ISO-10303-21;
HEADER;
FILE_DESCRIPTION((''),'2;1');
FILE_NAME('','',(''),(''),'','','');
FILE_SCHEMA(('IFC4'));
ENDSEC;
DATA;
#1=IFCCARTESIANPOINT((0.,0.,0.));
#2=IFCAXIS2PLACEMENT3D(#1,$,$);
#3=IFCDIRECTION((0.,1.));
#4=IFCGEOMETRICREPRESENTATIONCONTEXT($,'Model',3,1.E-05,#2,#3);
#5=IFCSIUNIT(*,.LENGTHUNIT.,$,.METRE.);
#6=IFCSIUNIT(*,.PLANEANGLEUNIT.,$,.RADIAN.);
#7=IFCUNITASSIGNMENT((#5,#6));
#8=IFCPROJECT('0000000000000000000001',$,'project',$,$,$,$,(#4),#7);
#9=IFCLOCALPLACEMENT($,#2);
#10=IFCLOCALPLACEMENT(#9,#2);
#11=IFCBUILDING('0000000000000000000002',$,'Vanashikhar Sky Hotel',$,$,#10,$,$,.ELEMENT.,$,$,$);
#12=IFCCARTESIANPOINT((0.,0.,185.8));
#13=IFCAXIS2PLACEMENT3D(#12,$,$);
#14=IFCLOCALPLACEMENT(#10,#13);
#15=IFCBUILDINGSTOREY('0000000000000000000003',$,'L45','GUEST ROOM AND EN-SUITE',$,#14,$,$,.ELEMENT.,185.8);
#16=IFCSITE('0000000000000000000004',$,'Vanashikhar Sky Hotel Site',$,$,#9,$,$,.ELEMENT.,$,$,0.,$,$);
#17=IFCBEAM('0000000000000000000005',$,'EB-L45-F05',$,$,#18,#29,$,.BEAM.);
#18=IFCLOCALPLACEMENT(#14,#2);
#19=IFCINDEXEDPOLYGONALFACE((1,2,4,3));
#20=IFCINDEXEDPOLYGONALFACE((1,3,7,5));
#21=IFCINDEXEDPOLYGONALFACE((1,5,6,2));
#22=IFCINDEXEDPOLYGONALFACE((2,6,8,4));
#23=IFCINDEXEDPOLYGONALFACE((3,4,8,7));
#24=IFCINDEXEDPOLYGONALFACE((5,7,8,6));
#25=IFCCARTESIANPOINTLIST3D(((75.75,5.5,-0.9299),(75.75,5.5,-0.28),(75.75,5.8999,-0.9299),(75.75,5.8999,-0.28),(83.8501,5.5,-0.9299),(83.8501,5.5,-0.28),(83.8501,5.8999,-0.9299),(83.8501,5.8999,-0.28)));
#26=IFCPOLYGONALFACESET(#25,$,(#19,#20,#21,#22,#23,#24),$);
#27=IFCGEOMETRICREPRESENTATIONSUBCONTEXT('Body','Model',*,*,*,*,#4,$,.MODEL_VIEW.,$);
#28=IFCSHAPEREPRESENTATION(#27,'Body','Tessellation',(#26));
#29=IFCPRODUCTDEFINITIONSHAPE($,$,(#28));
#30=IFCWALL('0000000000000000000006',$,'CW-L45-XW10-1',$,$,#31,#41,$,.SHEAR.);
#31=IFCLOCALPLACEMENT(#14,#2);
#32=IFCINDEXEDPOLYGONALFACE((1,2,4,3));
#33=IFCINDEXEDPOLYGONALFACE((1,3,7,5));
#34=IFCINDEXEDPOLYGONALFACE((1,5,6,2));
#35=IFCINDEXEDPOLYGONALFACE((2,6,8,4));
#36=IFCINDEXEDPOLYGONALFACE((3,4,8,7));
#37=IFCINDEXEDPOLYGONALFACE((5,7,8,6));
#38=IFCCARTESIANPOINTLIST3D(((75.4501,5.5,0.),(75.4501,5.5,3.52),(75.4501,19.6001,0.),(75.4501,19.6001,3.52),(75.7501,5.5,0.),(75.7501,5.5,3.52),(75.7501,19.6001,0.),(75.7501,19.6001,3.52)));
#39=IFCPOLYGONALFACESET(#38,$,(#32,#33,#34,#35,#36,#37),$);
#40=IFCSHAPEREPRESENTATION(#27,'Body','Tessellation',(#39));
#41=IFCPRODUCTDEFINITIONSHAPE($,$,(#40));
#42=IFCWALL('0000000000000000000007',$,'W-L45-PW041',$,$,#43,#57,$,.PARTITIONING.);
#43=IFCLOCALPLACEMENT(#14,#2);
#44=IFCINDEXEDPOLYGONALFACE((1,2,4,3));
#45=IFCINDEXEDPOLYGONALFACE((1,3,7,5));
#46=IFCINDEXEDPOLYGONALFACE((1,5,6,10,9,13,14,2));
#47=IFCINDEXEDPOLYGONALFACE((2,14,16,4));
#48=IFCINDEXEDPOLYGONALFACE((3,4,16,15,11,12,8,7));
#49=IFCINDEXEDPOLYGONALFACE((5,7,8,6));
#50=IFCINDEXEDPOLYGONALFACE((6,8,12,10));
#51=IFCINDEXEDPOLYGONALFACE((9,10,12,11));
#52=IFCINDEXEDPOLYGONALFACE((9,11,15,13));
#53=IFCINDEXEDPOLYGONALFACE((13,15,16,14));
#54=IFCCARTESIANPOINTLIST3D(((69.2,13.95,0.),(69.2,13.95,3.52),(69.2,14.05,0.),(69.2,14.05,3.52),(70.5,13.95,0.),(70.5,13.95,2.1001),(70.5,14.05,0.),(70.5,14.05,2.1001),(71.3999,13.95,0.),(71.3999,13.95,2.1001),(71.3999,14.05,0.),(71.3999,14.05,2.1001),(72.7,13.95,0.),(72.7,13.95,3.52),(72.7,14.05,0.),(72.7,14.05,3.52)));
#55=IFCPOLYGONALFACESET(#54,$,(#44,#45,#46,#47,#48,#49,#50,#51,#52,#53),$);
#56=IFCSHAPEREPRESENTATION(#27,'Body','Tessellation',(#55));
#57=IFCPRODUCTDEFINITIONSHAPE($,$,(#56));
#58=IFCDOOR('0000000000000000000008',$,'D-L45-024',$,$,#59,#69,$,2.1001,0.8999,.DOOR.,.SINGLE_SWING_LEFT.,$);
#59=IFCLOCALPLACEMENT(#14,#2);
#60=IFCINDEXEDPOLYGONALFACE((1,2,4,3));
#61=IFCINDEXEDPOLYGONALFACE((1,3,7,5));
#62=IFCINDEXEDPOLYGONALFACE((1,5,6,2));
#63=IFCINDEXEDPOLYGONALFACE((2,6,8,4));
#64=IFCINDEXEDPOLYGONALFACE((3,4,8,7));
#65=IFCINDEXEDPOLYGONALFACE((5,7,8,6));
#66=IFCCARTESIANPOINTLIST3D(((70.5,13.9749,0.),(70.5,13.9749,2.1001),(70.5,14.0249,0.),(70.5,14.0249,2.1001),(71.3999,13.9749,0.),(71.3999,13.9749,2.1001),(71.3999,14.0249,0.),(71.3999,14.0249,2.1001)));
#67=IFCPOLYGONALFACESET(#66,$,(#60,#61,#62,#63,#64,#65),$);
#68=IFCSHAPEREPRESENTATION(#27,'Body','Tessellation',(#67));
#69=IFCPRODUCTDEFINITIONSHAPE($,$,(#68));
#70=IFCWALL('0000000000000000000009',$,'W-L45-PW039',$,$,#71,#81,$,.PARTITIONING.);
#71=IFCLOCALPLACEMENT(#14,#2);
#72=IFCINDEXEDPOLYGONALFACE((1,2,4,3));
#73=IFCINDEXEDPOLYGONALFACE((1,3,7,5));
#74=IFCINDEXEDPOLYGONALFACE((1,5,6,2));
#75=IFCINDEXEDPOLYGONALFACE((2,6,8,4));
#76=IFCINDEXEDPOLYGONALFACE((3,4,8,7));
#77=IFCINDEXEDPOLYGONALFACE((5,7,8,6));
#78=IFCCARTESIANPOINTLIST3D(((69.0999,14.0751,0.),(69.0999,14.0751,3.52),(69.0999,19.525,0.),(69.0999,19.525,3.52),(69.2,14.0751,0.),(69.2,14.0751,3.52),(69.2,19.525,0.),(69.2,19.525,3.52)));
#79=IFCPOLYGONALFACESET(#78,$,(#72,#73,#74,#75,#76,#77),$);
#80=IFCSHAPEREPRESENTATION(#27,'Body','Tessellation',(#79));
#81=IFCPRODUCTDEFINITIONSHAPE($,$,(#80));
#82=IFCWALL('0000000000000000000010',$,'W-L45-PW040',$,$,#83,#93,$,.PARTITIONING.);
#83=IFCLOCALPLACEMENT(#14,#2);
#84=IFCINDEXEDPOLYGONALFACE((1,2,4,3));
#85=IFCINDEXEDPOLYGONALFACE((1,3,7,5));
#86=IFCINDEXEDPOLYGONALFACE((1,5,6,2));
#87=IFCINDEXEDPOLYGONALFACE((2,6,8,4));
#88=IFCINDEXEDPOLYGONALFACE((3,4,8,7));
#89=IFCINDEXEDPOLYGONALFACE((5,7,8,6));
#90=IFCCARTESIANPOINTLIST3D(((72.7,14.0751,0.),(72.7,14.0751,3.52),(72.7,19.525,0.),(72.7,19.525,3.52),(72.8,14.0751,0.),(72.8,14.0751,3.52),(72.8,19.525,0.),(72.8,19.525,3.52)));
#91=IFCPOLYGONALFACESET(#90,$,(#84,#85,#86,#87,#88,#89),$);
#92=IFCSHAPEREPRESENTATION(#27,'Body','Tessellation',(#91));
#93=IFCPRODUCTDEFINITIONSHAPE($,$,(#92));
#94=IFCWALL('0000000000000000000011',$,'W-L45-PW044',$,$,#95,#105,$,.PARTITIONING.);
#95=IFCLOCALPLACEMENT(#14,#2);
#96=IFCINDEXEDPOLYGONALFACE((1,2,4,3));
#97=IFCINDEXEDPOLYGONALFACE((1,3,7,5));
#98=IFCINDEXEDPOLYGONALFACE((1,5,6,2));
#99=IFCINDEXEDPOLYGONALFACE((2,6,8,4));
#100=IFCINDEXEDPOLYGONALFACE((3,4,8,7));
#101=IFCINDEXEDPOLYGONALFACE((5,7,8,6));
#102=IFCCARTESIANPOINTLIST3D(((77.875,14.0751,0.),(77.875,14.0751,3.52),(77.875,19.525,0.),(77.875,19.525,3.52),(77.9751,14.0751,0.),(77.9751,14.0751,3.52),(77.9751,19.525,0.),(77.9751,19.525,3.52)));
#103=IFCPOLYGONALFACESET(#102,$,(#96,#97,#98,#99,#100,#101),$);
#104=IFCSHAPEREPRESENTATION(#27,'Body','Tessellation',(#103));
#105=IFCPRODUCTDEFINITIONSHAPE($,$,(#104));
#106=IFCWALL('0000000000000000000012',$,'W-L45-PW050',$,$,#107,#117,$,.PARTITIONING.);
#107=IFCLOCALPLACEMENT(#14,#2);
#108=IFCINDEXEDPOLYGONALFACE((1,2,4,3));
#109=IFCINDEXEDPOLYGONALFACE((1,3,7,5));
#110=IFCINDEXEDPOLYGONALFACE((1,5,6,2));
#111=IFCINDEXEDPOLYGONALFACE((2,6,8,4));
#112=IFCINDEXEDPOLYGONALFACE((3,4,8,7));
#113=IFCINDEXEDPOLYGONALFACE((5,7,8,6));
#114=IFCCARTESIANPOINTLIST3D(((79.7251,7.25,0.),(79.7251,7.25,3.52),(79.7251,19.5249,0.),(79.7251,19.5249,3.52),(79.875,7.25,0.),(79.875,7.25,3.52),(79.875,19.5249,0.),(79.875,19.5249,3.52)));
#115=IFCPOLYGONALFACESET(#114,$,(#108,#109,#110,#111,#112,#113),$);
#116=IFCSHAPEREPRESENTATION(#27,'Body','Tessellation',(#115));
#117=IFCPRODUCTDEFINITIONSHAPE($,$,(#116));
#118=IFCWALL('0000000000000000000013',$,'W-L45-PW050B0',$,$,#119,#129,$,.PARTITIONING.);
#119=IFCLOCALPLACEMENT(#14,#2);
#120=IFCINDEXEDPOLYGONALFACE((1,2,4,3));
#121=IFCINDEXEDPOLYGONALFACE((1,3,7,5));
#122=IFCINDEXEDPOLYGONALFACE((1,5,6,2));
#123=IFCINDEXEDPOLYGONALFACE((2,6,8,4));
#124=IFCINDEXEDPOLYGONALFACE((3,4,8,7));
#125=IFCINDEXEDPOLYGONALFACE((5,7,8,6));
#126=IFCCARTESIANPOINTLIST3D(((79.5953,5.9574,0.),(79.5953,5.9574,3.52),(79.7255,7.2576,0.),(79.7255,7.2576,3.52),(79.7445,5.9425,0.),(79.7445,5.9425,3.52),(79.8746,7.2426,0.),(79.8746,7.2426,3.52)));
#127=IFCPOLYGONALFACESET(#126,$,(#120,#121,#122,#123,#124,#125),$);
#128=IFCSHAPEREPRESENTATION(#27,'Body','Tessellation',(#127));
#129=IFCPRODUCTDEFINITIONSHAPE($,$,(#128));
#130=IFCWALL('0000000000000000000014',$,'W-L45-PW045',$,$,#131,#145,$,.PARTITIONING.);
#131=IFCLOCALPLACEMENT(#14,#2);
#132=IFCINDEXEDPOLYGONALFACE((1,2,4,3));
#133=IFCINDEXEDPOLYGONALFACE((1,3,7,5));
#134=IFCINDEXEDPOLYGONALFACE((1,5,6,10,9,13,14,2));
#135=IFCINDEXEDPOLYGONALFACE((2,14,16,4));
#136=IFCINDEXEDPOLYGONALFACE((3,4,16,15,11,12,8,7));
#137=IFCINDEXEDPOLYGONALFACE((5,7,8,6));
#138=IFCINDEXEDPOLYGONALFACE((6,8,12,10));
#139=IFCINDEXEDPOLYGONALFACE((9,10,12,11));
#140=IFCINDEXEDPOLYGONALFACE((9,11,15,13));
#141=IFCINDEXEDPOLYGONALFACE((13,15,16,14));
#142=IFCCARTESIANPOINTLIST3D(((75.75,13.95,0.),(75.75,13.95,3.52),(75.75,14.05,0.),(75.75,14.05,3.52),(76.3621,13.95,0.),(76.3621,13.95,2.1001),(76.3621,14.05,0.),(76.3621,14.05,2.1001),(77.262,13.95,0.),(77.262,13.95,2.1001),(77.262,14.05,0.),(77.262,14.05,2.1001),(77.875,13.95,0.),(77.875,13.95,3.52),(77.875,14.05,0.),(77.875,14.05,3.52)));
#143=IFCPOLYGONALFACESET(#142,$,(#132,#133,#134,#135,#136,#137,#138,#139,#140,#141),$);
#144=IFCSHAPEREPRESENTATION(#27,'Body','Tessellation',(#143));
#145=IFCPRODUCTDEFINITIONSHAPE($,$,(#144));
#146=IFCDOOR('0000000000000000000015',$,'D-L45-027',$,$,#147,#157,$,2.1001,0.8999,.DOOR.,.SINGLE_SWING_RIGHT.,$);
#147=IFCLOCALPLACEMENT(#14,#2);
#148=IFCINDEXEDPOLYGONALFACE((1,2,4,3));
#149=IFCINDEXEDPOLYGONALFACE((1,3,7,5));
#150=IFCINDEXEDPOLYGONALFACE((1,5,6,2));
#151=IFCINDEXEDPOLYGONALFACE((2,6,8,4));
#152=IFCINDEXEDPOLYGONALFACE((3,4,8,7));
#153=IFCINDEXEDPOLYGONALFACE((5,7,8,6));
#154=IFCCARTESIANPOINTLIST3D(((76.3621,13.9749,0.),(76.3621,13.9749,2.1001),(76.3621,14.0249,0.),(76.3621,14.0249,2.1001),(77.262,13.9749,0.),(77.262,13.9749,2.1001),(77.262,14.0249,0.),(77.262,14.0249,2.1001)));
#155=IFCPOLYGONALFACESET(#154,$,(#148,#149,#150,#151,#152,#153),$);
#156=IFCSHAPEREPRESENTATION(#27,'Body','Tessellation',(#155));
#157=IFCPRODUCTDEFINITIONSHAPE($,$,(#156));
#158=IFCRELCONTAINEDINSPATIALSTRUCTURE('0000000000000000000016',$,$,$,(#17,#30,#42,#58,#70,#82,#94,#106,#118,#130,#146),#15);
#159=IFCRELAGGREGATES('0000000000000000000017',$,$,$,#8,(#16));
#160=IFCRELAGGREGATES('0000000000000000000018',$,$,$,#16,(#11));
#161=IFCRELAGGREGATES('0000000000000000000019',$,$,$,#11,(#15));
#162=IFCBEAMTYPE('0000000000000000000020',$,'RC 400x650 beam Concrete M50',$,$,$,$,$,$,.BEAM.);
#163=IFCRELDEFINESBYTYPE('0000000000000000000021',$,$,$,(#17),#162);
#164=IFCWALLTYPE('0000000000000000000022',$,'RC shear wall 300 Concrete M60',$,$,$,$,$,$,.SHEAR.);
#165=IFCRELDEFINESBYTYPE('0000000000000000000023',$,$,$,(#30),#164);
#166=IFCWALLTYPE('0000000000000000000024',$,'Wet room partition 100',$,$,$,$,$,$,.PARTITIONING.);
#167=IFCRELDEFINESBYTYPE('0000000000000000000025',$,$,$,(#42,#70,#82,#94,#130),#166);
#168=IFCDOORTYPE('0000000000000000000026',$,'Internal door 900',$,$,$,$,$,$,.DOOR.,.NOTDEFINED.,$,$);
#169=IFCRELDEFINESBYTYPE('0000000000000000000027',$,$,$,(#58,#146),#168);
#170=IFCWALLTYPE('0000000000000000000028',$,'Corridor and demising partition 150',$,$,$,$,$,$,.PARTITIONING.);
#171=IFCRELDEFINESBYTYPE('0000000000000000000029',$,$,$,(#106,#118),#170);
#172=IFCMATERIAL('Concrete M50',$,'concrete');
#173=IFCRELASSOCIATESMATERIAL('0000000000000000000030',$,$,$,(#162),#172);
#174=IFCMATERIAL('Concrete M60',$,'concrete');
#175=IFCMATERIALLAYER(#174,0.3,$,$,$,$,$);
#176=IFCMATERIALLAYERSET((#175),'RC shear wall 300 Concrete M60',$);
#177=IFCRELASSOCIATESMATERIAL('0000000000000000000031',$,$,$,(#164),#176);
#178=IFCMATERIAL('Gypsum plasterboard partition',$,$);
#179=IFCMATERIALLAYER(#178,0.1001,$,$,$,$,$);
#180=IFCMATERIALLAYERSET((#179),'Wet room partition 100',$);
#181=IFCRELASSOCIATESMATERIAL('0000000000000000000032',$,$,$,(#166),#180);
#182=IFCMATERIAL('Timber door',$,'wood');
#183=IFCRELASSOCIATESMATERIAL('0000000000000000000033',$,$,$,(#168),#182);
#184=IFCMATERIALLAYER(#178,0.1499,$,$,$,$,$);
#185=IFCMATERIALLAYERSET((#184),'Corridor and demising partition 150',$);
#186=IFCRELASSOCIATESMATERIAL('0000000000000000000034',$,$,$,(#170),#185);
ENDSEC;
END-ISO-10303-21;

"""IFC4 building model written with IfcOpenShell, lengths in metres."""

from ifc_helpers import new_model, si_unit, direction, frame, frame_2d, origin, origin_2d, place, context, subcontext, project, spatial, rectangle, extrude, source, transform, mapped, material, layer, layer_set, material_profile, profile_set, type_object, element, fill, save


model = new_model("IFC4")

# Units and contexts
model_context = context("Model", 3, precision=1e-05, world=origin(), true_north=direction((0.0, 1.0)))
body_context = subcontext(model_context, "Body", "Model", "MODEL_VIEW")
ifc_project = project(units=[si_unit("LENGTHUNIT", "METRE"), si_unit("PLANEANGLEUNIT", "RADIAN")], contexts=[model_context])

# Site, building, storey
site_placement = place(None, origin())
site = spatial("IfcSite", under=ifc_project, at=site_placement, Name="Vanashikhar Sky Hotel Site", CompositionType="ELEMENT", RefElevation=0.0)
building_placement = place(site_placement, origin())
building = spatial("IfcBuilding", under=site, at=building_placement, Name="Vanashikhar Sky Hotel", CompositionType="ELEMENT")
storey_placement = place(building_placement, frame((0.0, 0.0, 185.8)))
storey = spatial("IfcBuildingStorey", under=building, at=storey_placement, Name="L45", Description="GUEST ROOM AND EN-SUITE", CompositionType="ELEMENT", Elevation=185.8)

# Beam
ifc_material_1 = material(Name="Concrete M50", Category="concrete")
ifc_material_profile = material_profile(ifc_material_1, rectangle(XDim=0.3999, YDim=0.6499, at=origin_2d()))
ifc_profile_set = profile_set([ifc_material_profile], Name="RC 400x650 beam Concrete M50")
beam_type = type_object("IfcBeamType", Name="RC 400x650 beam Concrete M50", PredefinedType="BEAM", material=ifc_profile_set)
shared_shape_1 = source(origin(), body_context, "Body", "SweptSolid", [
    extrude(rectangle(XDim=0.3999, YDim=0.6499, at=origin_2d()), origin(), (0.0, 0.0, 1.0), 8.1001),
])
beam_placement = place(storey_placement, frame((75.75, 5.7, -0.605), z_axis=(1.0, 0.0, 0.0), x_axis=(0.0, 1.0, 0.0)))
element("IfcBeam", 1, at=beam_placement, inside=storey, type_object=beam_type, Name="EB-L45-F05", PredefinedType="BEAM", context=body_context, shape_type="MappedRepresentation", body=[
    mapped(shared_shape_1, transform((0.0, 0.0, 0.0), scale=1.0)),
])

# Wall
ifc_material_2 = material(Name="Concrete M60", Category="concrete")
ifc_layer_1 = layer(ifc_material_2, 0.3)
ifc_layer_set_1 = layer_set([ifc_layer_1], Name="RC shear wall 300 Concrete M60")
wall_type_1 = type_object("IfcWallType", Name="RC shear wall 300 Concrete M60", PredefinedType="SHEAR", material=ifc_layer_set_1)
shared_shape_2 = source(origin(), body_context, "Body", "SweptSolid", [
    extrude(rectangle(XDim=14.1001, YDim=0.3, at=frame_2d((7.05, 0.0))), origin(), (0.0, 0.0, 1.0), 3.52),
])
wall_1_placement = place(storey_placement, frame((75.6001, 5.5, 0.0), z_axis=(0.0, 0.0, 1.0), x_axis=(0.0, 1.0, 0.0)))
element("IfcWall", 2, at=wall_1_placement, inside=storey, type_object=wall_type_1, Name="CW-L45-XW10-1", PredefinedType="SHEAR", context=body_context, shape_type="MappedRepresentation", body=[
    mapped(shared_shape_2, transform((0.0, 0.0, 0.0), scale=1.0)),
])

# Wall, opening, door
ifc_material_3 = material(Name="Gypsum plasterboard partition")
ifc_layer_2 = layer(ifc_material_3, 0.1001)
ifc_layer_set_2 = layer_set([ifc_layer_2], Name="Wet room partition 100")
wall_type_2 = type_object("IfcWallType", Name="Wet room partition 100", PredefinedType="PARTITIONING", material=ifc_layer_set_2)
shared_shape_3 = source(origin(), body_context, "Body", "SweptSolid", [
    extrude(rectangle(XDim=3.5, YDim=0.1001, at=frame_2d((1.75, 0.0))), origin(), (0.0, 0.0, 1.0), 3.52),
])
wall_2_placement = place(storey_placement, frame((69.2, 14.0, 0.0), z_axis=(0.0, 0.0, 1.0), x_axis=(1.0, 0.0, 0.0)))
wall_2 = element("IfcWall", 3, at=wall_2_placement, inside=storey, type_object=wall_type_2, Name="W-L45-PW041", PredefinedType="PARTITIONING", context=body_context, shape_type="MappedRepresentation", body=[
    mapped(shared_shape_3, transform((0.0, 0.0, 0.0), scale=1.0)),
])
shared_shape_4 = source(origin(), body_context, "Body", "SweptSolid", [
    extrude(rectangle(XDim=0.8999, YDim=2.1001, at=frame_2d((0.45, 1.05))), frame((0.0, 0.0601, 0.0), z_axis=(0.0, -1.0, 0.0), x_axis=(1.0, 0.0, 0.0)), (0.0, 0.0, 1.0), 0.1201),
])
opening_1_placement = place(wall_2_placement, frame((1.3, 0.0, 0.0)))
opening_1 = element("IfcOpeningElement", 4, at=opening_1_placement, cuts=wall_2, PredefinedType="OPENING", context=body_context, shape_type="MappedRepresentation", body=[
    mapped(shared_shape_4, transform((0.0, 0.0, 0.0), scale=1.0)),
])
ifc_material_4 = material(Name="Timber door", Category="wood")
door_type_1 = type_object("IfcDoorType", Name="Internal door 900", OperationType="NOTDEFINED", PredefinedType="DOOR", material=ifc_material_4)
shared_shape_5 = source(origin(), body_context, "Body", "SweptSolid", [
    extrude(rectangle(XDim=0.8999, YDim=2.1001, at=frame_2d((0.45, 1.05))), frame((0.0, 0.0249, 0.0), z_axis=(0.0, -1.0, 0.0), x_axis=(1.0, 0.0, 0.0)), (0.0, 0.0, 1.0), 0.05),
])
door_1_placement = place(opening_1_placement, origin())
door_1 = element("IfcDoor", 5, at=door_1_placement, inside=storey, type_object=door_type_1, Name="D-L45-024", OperationType="SINGLE_SWING_LEFT", OverallHeight=2.1001, OverallWidth=0.8999, PredefinedType="DOOR", context=body_context, shape_type="MappedRepresentation", body=[
    mapped(shared_shape_5, transform((0.0, 0.0, 0.0), scale=1.0)),
])
fill(opening_1, door_1)

# Walls
shared_shape_6 = source(origin(), body_context, "Body", "SweptSolid", [
    extrude(rectangle(XDim=5.45, YDim=0.1001, at=frame_2d((2.7251, 0.0))), origin(), (0.0, 0.0, 1.0), 3.52),
])
for number, where, z_axis, x_axis, name in (
    (6, (69.1499, 14.075, 0.0), (0.0, 0.0, 1.0), (0.0, 1.0, 0.0), "W-L45-PW039"),
    (7, (72.75, 14.075, 0.0), (0.0, 0.0, 1.0), (0.0, 1.0, 0.0), "W-L45-PW040"),
    (8, (77.925, 14.075, 0.0), (0.0, 0.0, 1.0), (0.0, 1.0, 0.0), "W-L45-PW044"),
):
    element("IfcWall", number, at=place(storey_placement, frame(where, z_axis=z_axis, x_axis=x_axis)), inside=storey, type_object=wall_type_2, Name=name, PredefinedType="PARTITIONING", context=body_context, shape_type="MappedRepresentation", body=[
        mapped(shared_shape_6, transform((0.0, 0.0, 0.0), scale=1.0)),
    ])
ifc_layer_3 = layer(ifc_material_3, 0.1499)
ifc_layer_set_3 = layer_set([ifc_layer_3], Name="Corridor and demising partition 150")
wall_type_3 = type_object("IfcWallType", Name="Corridor and demising partition 150", PredefinedType="PARTITIONING", material=ifc_layer_set_3)
shared_shape_7 = source(origin(), body_context, "Body", "SweptSolid", [
    extrude(rectangle(XDim=12.2749, YDim=0.1499, at=frame_2d((6.1375, 0.0))), origin(), (0.0, 0.0, 1.0), 3.52),
])
wall_3_placement = place(storey_placement, frame((79.8, 7.25, 0.0), z_axis=(0.0, 0.0, 1.0), x_axis=(0.0, 1.0, 0.0)))
element("IfcWall", 9, at=wall_3_placement, inside=storey, type_object=wall_type_3, Name="W-L45-PW050", PredefinedType="PARTITIONING", context=body_context, shape_type="MappedRepresentation", body=[
    mapped(shared_shape_7, transform((0.0, 0.0, 0.0), scale=1.0)),
])
shared_shape_8 = source(origin(), body_context, "Body", "SweptSolid", [
    extrude(rectangle(XDim=1.3066, YDim=0.1499, at=frame_2d((0.6533, 0.0))), origin(), (0.0, 0.0, 1.0), 3.52),
])
wall_4_placement = place(storey_placement, frame((79.6699, 5.95, 0.0), z_axis=(0.0, 0.0, 1.0), x_axis=(0.099596, 0.995028, 0.0)))
element("IfcWall", 10, at=wall_4_placement, inside=storey, type_object=wall_type_3, Name="W-L45-PW050B0", PredefinedType="PARTITIONING", context=body_context, shape_type="MappedRepresentation", body=[
    mapped(shared_shape_8, transform((0.0, 0.0, 0.0), scale=1.0)),
])

# Wall, opening, door
shared_shape_9 = source(origin(), body_context, "Body", "SweptSolid", [
    extrude(rectangle(XDim=2.125, YDim=0.1001, at=frame_2d((1.0625, 0.0))), origin(), (0.0, 0.0, 1.0), 3.52),
])
wall_5_placement = place(storey_placement, frame((75.75, 14.0, 0.0), z_axis=(0.0, 0.0, 1.0), x_axis=(1.0, 0.0, 0.0)))
wall_5 = element("IfcWall", 11, at=wall_5_placement, inside=storey, type_object=wall_type_2, Name="W-L45-PW045", PredefinedType="PARTITIONING", context=body_context, shape_type="MappedRepresentation", body=[
    mapped(shared_shape_9, transform((0.0, 0.0, 0.0), scale=1.0)),
])
opening_2_placement = place(wall_5_placement, frame((0.6121, 0.0, 0.0)))
opening_2 = element("IfcOpeningElement", 12, at=opening_2_placement, cuts=wall_5, PredefinedType="OPENING", context=body_context, shape_type="MappedRepresentation", body=[
    mapped(shared_shape_4, transform((0.0, 0.0, 0.0), scale=1.0)),
])
door_2_placement = place(opening_2_placement, origin())
door_2 = element("IfcDoor", 13, at=door_2_placement, inside=storey, type_object=door_type_1, Name="D-L45-027", OperationType="SINGLE_SWING_RIGHT", OverallHeight=2.1001, OverallWidth=0.8999, PredefinedType="DOOR", context=body_context, shape_type="MappedRepresentation", body=[
    mapped(shared_shape_5, transform((0.0, 0.0, 0.0), scale=1.0)),
])
fill(opening_2, door_2)

save(model, "model.ifc")
